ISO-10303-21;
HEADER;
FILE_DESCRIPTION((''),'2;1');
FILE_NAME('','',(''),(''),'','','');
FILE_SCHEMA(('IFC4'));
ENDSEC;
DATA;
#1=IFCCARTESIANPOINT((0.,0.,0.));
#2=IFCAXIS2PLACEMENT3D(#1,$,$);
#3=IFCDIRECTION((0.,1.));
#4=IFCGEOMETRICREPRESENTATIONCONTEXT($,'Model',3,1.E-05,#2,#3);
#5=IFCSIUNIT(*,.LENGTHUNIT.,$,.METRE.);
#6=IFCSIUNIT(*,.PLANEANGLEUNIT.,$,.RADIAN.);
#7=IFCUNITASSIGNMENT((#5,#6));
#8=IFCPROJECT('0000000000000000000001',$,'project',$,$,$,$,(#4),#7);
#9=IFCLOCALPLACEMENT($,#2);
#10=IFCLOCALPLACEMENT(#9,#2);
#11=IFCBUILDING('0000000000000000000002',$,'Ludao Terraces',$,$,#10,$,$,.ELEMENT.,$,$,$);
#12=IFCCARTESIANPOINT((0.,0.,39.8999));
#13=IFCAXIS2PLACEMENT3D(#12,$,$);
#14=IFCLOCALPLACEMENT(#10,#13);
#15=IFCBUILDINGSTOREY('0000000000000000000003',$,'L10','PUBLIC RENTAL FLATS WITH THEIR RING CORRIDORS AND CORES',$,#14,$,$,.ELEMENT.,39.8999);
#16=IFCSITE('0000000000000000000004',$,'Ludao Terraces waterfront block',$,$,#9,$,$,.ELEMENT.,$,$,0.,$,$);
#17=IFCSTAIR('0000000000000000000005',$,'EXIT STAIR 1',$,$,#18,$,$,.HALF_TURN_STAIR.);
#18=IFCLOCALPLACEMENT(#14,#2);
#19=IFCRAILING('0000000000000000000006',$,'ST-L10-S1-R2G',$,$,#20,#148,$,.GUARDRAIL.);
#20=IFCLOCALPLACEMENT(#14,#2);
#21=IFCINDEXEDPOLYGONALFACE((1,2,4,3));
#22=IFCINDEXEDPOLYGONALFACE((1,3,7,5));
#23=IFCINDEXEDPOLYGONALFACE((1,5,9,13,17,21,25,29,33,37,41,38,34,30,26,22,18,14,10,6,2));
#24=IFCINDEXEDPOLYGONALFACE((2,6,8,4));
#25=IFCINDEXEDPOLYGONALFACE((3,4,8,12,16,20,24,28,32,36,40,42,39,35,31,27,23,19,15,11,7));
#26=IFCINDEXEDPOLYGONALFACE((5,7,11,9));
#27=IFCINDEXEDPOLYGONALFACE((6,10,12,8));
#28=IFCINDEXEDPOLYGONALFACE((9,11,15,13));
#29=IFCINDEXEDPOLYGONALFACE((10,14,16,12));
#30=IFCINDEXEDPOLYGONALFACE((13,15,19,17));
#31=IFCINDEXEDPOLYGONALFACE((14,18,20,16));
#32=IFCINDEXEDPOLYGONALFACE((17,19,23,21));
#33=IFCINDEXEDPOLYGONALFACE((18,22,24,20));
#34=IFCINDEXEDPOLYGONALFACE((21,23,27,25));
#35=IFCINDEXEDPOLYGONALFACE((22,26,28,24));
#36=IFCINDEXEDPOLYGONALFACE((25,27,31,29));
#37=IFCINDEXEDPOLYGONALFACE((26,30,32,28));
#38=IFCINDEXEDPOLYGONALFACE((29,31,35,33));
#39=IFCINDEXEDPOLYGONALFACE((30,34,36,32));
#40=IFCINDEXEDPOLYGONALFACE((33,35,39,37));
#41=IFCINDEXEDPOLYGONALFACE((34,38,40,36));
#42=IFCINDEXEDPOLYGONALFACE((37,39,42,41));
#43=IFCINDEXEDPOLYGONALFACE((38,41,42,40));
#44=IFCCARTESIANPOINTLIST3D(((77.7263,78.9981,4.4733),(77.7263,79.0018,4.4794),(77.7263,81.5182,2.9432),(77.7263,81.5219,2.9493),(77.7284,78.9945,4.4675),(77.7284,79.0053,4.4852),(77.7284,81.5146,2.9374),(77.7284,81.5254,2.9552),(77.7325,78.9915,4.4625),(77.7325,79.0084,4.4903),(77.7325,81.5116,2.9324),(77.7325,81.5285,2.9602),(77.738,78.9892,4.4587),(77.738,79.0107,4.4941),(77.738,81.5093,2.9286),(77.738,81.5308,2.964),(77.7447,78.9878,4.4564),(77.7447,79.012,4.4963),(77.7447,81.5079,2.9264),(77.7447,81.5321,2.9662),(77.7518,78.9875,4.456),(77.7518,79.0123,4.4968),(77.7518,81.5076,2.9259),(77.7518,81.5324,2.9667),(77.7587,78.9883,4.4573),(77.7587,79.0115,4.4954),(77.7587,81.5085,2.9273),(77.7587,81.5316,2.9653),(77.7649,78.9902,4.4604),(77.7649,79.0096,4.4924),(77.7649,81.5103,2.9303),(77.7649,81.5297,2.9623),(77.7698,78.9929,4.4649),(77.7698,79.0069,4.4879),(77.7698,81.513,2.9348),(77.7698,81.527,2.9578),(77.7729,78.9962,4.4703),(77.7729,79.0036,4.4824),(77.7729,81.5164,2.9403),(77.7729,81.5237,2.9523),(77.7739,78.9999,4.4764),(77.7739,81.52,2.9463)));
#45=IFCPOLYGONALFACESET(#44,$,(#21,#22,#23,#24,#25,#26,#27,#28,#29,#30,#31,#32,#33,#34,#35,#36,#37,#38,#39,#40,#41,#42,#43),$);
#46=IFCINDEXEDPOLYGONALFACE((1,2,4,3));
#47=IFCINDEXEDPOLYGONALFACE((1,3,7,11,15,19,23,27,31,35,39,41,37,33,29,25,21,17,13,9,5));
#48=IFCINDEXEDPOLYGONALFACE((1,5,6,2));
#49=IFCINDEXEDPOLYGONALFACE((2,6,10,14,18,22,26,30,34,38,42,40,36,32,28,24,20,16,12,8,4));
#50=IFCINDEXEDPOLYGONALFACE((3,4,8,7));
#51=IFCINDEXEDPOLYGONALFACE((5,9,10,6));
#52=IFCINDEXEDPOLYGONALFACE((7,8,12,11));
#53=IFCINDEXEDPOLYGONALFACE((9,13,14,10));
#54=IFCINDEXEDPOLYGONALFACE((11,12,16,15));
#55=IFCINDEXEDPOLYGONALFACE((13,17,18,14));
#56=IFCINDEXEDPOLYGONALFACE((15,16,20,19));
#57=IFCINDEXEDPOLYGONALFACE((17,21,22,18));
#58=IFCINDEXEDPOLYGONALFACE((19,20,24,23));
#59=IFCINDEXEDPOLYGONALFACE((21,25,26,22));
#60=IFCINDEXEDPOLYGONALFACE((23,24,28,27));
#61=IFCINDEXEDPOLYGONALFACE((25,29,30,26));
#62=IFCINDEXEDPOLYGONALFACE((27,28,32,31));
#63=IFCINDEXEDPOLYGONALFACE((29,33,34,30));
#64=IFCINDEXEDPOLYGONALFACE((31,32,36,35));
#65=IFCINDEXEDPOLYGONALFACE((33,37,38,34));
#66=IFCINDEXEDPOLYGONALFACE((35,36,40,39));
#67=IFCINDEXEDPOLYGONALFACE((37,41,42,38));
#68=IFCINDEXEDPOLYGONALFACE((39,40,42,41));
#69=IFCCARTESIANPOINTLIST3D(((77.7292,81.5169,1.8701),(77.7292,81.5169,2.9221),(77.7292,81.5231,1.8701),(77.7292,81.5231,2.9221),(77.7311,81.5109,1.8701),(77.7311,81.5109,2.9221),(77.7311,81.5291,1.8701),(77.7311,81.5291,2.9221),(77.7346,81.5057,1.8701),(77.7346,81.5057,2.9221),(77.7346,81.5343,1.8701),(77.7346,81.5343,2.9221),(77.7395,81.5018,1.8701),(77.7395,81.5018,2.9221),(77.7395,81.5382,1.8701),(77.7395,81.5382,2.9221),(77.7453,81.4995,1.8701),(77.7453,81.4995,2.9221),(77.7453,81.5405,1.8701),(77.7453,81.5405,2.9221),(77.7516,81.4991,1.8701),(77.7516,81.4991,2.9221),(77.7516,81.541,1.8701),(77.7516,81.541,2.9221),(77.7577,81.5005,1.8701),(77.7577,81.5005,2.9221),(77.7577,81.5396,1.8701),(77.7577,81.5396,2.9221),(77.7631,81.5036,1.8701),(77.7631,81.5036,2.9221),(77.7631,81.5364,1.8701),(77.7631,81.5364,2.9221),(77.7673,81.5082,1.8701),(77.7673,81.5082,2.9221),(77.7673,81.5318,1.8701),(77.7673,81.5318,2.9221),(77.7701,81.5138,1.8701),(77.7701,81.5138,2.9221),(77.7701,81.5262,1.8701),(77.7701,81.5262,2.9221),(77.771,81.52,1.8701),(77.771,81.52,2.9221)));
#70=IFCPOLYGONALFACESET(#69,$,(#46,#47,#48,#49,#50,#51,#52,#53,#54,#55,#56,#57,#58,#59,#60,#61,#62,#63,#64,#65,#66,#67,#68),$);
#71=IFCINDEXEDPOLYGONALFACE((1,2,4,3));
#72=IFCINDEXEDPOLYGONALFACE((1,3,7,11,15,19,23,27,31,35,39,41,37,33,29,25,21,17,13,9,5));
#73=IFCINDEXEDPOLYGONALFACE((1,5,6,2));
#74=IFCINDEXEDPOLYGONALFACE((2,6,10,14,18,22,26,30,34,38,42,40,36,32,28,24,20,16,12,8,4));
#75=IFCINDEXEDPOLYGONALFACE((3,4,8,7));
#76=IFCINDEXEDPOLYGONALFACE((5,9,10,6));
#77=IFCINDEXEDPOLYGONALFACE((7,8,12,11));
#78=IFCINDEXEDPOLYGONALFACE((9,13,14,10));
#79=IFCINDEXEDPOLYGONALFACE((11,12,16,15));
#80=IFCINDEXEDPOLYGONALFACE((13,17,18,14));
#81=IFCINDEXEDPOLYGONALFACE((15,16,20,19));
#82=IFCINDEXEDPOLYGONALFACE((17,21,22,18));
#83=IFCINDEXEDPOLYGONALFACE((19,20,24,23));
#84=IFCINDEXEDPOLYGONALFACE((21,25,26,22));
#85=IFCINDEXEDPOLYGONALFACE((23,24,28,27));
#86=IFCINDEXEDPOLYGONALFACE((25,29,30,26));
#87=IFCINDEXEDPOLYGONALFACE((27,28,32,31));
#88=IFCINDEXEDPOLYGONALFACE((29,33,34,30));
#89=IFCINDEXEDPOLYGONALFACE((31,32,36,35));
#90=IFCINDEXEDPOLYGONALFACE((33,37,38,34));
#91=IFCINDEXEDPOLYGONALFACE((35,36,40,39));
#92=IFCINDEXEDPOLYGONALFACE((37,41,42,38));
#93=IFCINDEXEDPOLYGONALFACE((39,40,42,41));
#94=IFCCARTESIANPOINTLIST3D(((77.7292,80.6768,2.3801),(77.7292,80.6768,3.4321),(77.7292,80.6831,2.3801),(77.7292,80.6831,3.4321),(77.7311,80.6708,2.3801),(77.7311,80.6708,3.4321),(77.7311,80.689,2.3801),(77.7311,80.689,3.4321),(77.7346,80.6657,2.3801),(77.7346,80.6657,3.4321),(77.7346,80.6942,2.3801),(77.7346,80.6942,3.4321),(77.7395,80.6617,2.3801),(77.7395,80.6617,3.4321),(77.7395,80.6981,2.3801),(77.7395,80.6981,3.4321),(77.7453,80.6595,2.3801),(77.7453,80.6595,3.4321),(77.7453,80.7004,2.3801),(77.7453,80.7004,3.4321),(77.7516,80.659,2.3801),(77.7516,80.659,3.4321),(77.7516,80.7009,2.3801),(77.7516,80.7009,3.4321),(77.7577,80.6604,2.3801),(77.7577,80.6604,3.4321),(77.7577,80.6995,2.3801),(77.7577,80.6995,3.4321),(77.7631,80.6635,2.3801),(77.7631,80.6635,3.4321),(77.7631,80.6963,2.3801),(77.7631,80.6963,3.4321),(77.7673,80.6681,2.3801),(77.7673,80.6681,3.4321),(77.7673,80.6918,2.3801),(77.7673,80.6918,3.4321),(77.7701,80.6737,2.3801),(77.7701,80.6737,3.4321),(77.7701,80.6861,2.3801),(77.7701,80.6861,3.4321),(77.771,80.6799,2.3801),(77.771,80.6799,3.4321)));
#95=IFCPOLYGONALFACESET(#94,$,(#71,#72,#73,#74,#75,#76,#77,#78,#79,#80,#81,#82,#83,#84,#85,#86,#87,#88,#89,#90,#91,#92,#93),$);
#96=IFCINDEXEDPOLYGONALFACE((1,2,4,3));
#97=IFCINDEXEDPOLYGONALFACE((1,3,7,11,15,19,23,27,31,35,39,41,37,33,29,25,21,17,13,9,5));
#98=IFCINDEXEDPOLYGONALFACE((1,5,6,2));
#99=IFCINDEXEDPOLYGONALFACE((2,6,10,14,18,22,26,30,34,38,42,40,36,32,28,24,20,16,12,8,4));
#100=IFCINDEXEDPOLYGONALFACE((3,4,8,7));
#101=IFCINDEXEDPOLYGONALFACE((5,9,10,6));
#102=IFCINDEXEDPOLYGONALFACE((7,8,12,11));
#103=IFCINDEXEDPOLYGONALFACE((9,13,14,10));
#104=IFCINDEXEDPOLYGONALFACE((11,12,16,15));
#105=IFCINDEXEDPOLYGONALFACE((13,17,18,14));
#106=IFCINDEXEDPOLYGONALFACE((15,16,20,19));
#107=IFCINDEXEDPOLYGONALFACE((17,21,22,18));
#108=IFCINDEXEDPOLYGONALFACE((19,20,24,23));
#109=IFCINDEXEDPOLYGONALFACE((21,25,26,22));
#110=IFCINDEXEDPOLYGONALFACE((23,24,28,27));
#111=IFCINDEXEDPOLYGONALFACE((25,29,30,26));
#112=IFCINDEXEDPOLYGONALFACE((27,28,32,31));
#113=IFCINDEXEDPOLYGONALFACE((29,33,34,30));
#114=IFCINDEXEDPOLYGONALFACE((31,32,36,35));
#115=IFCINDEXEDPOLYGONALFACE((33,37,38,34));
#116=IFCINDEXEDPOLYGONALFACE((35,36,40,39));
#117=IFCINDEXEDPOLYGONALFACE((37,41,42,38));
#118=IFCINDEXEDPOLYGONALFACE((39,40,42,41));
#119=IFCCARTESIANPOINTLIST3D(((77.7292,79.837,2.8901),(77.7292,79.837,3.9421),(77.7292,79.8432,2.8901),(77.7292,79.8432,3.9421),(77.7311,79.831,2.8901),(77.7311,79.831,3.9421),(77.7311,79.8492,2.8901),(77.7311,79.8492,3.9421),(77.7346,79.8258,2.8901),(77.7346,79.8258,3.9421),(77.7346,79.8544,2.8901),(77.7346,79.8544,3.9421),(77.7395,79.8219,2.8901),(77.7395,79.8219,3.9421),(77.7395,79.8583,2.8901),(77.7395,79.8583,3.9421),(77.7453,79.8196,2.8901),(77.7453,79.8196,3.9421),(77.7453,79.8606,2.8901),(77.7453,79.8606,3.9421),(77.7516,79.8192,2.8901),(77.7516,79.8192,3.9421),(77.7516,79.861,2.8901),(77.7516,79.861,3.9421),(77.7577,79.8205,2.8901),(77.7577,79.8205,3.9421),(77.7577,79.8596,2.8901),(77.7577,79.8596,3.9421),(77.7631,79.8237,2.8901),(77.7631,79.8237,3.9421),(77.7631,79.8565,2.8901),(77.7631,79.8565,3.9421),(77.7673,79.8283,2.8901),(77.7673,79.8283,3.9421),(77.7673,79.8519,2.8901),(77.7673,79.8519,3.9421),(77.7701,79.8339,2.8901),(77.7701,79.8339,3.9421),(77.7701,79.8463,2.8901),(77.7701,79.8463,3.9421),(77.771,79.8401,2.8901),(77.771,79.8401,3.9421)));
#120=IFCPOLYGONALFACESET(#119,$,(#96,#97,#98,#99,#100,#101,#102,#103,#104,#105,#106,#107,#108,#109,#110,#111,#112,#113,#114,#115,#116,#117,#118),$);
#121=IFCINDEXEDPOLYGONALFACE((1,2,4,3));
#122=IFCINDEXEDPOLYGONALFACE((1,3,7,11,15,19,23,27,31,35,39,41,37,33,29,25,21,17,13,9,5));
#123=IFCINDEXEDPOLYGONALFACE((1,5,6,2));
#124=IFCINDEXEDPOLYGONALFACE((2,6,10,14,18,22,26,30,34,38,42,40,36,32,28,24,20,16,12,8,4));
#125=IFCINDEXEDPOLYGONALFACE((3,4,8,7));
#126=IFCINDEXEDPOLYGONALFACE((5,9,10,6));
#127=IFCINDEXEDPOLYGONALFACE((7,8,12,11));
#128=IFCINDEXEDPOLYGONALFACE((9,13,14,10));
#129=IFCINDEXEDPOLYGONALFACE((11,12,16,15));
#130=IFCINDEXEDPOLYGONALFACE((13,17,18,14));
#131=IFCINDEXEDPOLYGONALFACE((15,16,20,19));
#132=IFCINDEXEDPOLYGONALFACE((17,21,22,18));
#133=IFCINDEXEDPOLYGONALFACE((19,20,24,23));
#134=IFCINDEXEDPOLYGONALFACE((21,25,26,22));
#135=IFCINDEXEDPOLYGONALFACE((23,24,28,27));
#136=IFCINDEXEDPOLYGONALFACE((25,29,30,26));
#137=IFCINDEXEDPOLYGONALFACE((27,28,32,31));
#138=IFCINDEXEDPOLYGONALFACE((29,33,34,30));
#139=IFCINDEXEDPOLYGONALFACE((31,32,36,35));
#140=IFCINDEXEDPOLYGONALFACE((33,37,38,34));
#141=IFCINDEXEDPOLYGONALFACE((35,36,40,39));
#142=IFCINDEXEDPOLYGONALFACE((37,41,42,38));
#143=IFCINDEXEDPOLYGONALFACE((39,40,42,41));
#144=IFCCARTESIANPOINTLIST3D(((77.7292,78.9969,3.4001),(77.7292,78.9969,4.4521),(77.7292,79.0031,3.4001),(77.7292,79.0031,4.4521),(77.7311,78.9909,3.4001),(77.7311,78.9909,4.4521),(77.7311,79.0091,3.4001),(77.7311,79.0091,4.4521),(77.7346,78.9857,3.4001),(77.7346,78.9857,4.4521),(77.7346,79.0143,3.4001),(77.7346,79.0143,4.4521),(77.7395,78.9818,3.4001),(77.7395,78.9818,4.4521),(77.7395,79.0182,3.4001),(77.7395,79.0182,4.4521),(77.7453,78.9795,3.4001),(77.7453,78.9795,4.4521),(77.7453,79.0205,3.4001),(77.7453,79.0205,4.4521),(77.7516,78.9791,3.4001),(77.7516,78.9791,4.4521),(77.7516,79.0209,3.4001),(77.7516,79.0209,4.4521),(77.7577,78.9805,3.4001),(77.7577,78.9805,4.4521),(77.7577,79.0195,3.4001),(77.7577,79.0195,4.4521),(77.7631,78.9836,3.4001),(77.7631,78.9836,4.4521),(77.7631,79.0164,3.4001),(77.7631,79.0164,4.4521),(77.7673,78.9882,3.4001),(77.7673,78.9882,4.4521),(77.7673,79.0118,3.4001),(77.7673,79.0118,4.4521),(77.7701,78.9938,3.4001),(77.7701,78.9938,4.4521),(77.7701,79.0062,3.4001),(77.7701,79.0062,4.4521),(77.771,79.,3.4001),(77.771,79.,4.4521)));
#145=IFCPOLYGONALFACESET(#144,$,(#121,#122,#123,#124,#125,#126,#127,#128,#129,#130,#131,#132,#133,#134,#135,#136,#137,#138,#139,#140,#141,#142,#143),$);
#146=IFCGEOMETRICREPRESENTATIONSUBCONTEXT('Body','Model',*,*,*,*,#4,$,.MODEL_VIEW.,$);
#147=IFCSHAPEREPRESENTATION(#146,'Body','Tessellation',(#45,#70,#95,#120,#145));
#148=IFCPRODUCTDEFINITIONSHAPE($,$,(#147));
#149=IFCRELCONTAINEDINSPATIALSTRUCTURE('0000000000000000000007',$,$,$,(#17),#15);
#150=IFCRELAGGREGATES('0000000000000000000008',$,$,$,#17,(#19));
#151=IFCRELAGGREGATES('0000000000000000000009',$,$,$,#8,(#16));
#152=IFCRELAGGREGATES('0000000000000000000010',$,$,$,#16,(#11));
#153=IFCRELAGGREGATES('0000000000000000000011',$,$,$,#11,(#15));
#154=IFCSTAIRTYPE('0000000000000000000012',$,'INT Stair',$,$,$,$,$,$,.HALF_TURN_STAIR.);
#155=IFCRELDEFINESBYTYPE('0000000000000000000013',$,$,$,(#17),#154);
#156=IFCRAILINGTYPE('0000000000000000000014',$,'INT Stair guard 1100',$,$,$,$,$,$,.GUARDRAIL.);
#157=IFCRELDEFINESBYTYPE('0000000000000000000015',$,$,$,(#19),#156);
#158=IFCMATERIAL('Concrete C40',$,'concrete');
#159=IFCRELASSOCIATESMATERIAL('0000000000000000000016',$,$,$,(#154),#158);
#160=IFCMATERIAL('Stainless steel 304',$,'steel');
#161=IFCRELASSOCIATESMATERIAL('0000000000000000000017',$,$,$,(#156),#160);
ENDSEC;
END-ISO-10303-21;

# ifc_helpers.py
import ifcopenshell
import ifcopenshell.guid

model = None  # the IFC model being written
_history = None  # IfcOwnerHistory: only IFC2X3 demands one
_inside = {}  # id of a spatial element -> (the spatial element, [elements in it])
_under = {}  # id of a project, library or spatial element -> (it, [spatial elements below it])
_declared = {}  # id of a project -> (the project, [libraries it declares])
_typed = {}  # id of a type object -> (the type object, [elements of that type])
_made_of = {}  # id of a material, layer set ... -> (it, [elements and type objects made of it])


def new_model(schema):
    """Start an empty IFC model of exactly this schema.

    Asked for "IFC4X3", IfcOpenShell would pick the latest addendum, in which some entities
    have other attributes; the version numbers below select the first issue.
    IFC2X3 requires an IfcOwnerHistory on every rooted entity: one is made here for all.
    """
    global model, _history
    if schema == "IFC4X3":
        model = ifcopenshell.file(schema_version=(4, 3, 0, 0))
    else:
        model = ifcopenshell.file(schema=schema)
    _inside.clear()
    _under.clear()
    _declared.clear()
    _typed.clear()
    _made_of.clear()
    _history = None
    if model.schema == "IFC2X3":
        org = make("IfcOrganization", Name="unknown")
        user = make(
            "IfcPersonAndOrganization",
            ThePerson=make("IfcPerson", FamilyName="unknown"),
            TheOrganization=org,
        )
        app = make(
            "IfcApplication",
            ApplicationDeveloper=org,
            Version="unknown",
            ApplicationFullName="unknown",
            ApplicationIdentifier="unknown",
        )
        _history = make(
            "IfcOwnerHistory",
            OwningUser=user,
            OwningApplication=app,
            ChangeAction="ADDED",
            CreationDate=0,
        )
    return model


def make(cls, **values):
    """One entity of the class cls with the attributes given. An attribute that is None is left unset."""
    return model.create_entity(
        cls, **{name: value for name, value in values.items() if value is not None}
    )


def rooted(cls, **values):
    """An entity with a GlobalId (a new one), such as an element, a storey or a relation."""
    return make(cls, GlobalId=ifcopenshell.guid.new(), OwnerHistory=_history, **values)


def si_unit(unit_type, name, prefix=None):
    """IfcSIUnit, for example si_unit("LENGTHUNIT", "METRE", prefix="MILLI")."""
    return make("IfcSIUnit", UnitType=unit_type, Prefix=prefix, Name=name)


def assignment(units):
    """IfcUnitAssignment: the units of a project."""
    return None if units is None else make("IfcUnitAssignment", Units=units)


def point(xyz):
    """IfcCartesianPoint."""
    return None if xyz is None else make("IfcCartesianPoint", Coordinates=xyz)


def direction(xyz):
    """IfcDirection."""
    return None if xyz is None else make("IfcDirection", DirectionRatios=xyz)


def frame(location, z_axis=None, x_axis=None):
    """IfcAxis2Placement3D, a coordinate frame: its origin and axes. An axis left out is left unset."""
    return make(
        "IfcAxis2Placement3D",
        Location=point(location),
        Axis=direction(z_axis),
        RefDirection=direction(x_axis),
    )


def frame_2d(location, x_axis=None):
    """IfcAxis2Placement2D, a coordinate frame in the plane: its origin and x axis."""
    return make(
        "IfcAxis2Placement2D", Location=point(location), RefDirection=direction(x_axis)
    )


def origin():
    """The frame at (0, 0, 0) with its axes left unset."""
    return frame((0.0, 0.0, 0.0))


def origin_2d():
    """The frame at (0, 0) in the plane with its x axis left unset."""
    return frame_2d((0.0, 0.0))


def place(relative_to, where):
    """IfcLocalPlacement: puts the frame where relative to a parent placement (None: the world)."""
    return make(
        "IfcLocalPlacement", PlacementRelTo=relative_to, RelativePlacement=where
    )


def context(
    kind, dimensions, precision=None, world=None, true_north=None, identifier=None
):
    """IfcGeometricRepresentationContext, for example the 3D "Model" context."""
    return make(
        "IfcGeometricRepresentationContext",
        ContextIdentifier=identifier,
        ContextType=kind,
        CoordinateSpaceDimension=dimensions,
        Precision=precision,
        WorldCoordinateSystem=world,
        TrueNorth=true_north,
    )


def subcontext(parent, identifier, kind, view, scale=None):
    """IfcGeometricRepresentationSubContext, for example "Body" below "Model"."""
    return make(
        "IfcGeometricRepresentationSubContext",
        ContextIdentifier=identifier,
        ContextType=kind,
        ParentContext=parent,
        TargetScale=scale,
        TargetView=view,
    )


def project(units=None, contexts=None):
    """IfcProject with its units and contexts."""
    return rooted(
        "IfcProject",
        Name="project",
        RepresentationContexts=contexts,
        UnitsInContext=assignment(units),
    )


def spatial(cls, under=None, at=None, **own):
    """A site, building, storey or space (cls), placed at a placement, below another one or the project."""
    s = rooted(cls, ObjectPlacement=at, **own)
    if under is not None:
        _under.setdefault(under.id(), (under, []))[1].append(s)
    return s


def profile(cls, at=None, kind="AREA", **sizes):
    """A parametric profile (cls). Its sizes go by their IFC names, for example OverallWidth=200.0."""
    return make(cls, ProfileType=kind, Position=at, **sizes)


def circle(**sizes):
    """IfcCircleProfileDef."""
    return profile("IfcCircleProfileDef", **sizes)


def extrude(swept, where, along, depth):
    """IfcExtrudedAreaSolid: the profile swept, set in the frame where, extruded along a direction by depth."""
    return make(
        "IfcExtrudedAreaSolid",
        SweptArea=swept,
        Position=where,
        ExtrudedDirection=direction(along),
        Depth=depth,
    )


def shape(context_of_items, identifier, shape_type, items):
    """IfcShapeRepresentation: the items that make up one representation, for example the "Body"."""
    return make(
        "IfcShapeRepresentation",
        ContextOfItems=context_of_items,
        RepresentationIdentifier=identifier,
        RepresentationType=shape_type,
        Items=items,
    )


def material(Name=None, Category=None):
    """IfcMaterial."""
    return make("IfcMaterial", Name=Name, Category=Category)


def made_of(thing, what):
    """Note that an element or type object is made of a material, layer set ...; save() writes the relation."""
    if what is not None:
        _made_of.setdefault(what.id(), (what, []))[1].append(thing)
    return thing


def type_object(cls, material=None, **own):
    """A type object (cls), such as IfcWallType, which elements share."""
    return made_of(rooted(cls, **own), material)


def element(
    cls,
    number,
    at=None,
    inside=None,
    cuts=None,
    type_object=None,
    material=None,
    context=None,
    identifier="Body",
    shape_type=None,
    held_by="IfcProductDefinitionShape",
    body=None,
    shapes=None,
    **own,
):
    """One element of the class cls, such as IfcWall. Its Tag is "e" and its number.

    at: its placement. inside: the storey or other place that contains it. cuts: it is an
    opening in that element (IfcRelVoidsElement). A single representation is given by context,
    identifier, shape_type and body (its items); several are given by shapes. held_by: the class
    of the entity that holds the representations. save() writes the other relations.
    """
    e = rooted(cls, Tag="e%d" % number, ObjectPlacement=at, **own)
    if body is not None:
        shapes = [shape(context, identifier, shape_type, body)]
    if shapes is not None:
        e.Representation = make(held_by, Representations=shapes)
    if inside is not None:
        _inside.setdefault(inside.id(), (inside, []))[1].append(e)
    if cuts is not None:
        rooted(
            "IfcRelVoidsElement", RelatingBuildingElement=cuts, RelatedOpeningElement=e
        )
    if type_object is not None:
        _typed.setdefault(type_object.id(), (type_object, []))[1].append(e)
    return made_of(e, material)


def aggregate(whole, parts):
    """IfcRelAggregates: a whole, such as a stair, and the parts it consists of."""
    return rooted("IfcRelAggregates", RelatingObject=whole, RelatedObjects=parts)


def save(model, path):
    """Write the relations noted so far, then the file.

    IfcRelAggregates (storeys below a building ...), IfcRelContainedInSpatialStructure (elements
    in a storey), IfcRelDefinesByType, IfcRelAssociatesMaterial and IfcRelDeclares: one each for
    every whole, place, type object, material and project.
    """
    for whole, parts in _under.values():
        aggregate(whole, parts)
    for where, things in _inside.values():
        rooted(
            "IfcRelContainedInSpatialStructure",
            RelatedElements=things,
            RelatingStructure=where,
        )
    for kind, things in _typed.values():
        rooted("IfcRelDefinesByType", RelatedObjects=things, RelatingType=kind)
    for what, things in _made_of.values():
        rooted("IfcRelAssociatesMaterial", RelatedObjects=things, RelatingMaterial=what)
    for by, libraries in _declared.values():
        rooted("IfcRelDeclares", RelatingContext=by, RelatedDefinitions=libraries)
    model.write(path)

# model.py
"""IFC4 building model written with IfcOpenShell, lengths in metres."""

from ifc_helpers import new_model, si_unit, direction, frame, origin, origin_2d, place, context, subcontext, project, spatial, circle, extrude, material, type_object, element, aggregate, save


model = new_model("IFC4")

# Units and contexts
model_context = context("Model", 3, precision=1e-05, world=origin(), true_north=direction((0.0, 1.0)))
body_context = subcontext(model_context, "Body", "Model", "MODEL_VIEW")
ifc_project = project(units=[si_unit("LENGTHUNIT", "METRE"), si_unit("PLANEANGLEUNIT", "RADIAN")], contexts=[model_context])

# Site, building, storey
site_placement = place(None, origin())
site = spatial("IfcSite", under=ifc_project, at=site_placement, Name="Ludao Terraces waterfront block", CompositionType="ELEMENT", RefElevation=0.0)
building_placement = place(site_placement, origin())
building = spatial("IfcBuilding", under=site, at=building_placement, Name="Ludao Terraces", CompositionType="ELEMENT")
storey_placement = place(building_placement, frame((0.0, 0.0, 39.8999)))
storey = spatial("IfcBuildingStorey", under=building, at=storey_placement, Name="L10", Description="PUBLIC RENTAL FLATS WITH THEIR RING CORRIDORS AND CORES", CompositionType="ELEMENT", Elevation=39.8999)

# Shared definitions
ifc_material_1 = material(Name="Concrete C40", Category="concrete")

# Shared definitions
ifc_material_2 = material(Name="Stainless steel 304", Category="steel")

# Stair, railing
stair_type = type_object("IfcStairType", Name="INT Stair", PredefinedType="HALF_TURN_STAIR", material=ifc_material_1)
stair_placement = place(storey_placement, origin())
stair = element("IfcStair", 1, at=stair_placement, inside=storey, type_object=stair_type, Name="EXIT STAIR 1", PredefinedType="HALF_TURN_STAIR")
railing_type_1 = type_object("IfcRailingType", Name="INT Stair guard 1100", PredefinedType="GUARDRAIL", material=ifc_material_2)
railing_1_placement = place(storey_placement, frame((77.75, 81.52, 1.8701)))
railing_1 = element("IfcRailing", 2, at=railing_1_placement, type_object=railing_type_1, Name="ST-L10-S1-R2G", PredefinedType="GUARDRAIL", context=body_context, shape_type="SweptSolid", body=[
    extrude(circle(Radius=0.0239, at=origin_2d()), frame((0.0, 0.0, 1.0762), z_axis=(0.0, -0.854785, 0.518982), x_axis=(1.0, 0.0, 0.0)), (0.0, 0.0, 1.0), 2.9482),
    extrude(circle(Radius=0.021, at=origin_2d()), origin(), (0.0, 0.0, 1.0), 1.052),
    extrude(circle(Radius=0.021, at=origin_2d()), frame((0.0, -0.8401, 0.51)), (0.0, 0.0, 1.0), 1.052),
    extrude(circle(Radius=0.021, at=origin_2d()), frame((0.0, -1.6799, 1.02)), (0.0, 0.0, 1.0), 1.052),
    extrude(circle(Radius=0.021, at=origin_2d()), frame((0.0, -2.52, 1.53)), (0.0, 0.0, 1.0), 1.052),
])
aggregate(stair, [railing_1])

save(model, "model.ifc")
